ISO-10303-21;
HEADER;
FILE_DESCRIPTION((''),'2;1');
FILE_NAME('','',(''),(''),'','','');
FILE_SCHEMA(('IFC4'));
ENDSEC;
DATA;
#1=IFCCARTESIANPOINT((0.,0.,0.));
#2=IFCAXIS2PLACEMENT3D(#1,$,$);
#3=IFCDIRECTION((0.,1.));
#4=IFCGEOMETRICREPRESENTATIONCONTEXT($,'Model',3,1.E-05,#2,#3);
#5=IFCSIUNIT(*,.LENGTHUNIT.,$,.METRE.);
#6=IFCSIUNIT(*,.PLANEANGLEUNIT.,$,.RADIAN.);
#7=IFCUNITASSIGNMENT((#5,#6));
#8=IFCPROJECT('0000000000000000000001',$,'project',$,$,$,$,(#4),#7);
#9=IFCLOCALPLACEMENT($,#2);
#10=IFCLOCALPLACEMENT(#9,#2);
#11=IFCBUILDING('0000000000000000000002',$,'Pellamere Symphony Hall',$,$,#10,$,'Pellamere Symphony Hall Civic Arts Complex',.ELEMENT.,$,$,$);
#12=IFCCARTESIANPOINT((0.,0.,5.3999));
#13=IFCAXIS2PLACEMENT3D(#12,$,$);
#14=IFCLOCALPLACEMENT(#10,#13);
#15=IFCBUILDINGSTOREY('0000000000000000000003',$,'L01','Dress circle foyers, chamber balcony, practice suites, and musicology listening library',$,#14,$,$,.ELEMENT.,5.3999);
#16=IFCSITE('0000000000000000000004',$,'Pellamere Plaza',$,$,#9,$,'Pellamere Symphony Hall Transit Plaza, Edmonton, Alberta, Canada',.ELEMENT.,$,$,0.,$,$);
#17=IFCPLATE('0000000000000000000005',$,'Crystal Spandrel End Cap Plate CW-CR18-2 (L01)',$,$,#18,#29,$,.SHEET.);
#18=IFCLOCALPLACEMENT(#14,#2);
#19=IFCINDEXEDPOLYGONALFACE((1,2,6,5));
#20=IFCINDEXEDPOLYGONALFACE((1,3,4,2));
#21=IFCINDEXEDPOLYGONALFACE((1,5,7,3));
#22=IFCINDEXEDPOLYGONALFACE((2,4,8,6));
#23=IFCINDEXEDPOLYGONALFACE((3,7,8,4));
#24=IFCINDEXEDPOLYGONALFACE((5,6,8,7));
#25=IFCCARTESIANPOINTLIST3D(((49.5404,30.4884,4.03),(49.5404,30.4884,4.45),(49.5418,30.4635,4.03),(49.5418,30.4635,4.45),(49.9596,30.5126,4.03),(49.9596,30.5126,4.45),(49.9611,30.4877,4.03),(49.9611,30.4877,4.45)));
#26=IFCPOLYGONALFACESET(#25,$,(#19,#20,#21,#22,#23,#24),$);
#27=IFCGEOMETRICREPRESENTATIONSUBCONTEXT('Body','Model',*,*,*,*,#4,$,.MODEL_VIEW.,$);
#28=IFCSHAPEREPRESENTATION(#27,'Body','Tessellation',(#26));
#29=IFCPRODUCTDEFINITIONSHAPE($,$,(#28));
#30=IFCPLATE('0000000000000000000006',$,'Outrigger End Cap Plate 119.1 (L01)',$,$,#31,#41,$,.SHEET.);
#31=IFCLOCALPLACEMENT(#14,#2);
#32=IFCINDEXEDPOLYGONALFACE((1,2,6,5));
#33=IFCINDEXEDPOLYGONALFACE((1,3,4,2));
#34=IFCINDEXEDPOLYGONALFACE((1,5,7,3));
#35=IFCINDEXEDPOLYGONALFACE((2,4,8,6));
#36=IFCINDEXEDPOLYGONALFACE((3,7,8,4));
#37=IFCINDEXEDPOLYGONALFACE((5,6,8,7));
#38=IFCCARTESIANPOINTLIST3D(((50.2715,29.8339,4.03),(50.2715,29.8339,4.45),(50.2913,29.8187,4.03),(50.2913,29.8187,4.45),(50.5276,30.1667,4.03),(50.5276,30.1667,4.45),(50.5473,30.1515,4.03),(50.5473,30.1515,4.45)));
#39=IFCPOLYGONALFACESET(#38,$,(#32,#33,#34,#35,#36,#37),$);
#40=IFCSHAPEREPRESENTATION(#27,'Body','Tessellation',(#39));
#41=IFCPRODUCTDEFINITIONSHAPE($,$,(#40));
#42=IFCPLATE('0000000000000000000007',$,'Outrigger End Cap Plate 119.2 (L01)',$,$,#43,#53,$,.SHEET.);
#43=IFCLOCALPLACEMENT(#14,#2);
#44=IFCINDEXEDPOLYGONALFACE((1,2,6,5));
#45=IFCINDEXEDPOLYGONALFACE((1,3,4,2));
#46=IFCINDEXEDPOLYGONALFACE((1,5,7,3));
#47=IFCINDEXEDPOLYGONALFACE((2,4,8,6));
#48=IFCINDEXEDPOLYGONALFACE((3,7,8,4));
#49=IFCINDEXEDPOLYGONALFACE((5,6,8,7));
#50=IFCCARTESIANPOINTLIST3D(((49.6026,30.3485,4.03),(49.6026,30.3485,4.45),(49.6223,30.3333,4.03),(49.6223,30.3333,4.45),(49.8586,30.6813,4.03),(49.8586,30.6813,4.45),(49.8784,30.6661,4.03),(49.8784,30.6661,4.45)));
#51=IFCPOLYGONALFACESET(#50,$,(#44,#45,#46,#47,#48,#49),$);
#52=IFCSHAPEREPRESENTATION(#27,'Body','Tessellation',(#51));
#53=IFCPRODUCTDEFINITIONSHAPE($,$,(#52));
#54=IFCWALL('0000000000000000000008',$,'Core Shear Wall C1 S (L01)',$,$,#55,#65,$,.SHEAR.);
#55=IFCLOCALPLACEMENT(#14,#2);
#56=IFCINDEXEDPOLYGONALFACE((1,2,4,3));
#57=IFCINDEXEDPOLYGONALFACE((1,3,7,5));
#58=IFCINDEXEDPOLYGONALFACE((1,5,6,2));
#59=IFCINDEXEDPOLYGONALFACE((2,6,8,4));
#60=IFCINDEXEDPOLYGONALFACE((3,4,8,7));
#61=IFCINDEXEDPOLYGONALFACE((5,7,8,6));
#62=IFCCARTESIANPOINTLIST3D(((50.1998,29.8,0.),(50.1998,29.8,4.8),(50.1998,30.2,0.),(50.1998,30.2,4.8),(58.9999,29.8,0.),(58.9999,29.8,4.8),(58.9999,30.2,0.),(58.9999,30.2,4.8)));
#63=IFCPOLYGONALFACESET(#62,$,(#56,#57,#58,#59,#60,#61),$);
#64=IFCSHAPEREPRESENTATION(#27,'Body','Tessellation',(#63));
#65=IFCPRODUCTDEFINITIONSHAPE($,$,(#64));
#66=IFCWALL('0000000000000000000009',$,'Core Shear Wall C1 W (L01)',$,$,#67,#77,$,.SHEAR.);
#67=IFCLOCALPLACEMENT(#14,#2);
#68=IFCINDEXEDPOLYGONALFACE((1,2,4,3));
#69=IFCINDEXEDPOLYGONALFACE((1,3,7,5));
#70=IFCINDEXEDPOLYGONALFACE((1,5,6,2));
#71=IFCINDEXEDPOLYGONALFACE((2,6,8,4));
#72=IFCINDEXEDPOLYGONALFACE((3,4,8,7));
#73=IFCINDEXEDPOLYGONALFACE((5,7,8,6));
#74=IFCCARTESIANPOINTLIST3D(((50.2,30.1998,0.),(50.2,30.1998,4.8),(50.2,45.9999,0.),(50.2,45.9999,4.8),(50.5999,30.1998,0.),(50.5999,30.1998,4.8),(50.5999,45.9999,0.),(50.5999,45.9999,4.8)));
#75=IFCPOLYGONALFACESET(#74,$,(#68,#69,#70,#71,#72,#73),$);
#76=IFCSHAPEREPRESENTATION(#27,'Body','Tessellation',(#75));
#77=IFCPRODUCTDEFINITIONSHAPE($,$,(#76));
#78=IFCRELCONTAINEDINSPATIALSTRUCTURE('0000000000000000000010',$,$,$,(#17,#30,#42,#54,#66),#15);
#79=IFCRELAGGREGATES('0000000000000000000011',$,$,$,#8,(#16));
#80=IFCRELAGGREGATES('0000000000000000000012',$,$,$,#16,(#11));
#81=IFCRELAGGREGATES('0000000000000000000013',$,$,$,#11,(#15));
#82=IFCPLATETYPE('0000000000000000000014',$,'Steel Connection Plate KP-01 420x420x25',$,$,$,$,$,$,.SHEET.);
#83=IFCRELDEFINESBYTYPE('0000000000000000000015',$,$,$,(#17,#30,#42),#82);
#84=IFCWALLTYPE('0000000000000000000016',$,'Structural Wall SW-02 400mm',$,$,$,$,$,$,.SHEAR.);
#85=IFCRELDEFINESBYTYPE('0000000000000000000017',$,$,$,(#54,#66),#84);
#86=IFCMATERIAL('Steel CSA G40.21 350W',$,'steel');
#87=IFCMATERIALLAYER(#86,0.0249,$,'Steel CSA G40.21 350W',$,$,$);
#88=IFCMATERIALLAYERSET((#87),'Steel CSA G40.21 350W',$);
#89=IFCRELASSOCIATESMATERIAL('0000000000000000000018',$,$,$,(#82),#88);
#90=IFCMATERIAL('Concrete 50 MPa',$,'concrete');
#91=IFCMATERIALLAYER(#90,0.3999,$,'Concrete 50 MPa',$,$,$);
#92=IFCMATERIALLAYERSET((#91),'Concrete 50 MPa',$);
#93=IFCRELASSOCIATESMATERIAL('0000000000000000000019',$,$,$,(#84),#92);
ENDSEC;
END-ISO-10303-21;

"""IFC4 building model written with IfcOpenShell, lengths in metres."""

from ifc_helpers import new_model, si_unit, direction, frame, frame_2d, origin, origin_2d, place, context, subcontext, project, spatial, rectangle, extrude, material, layer, layer_set, type_object, element, save


model = new_model("IFC4")

# Units and contexts
model_context = context("Model", 3, precision=1e-05, world=origin(), true_north=direction((0.0, 1.0)))
body_context = subcontext(model_context, "Body", "Model", "MODEL_VIEW")
ifc_project = project(units=[si_unit("LENGTHUNIT", "METRE"), si_unit("PLANEANGLEUNIT", "RADIAN")], contexts=[model_context])

# Site, building, storey
site_placement = place(None, origin())
site = spatial("IfcSite", under=ifc_project, at=site_placement, Name="Pellamere Plaza", LongName="Pellamere Symphony Hall Transit Plaza, Edmonton, Alberta, Canada", CompositionType="ELEMENT", RefElevation=0.0)
building_placement = place(site_placement, origin())
building = spatial("IfcBuilding", under=site, at=building_placement, Name="Pellamere Symphony Hall", LongName="Pellamere Symphony Hall Civic Arts Complex", CompositionType="ELEMENT")
storey_placement = place(building_placement, frame((0.0, 0.0, 5.3999)))
storey = spatial("IfcBuildingStorey", under=building, at=storey_placement, Name="L01", Description="Dress circle foyers, chamber balcony, practice suites, and musicology listening library", CompositionType="ELEMENT", Elevation=5.3999)

# Shared definitions
ifc_material_1 = material(Name="Concrete 50 MPa", Category="concrete")

# Shared definitions
ifc_material_2 = material(Name="Steel CSA G40.21 350W", Category="steel")

# Plates
ifc_layer_1 = layer(ifc_material_2, 0.0249, Name="Steel CSA G40.21 350W")
ifc_layer_set_1 = layer_set([ifc_layer_1], Name="Steel CSA G40.21 350W")
plate_type_1 = type_object("IfcPlateType", Name="Steel Connection Plate KP-01 420x420x25", PredefinedType="SHEET", material=ifc_layer_set_1)
for number, where, z_axis, x_axis, name in (
    (1, (49.7507, 30.488, 4.03), (0.0, 0.0, 1.0), (0.057564, -0.998342, 0.0), "Crystal Spandrel End Cap Plate CW-CR18-2 (L01)"),
    (2, (50.4094, 29.9927, 4.03), (0.0, 0.0, 1.0), (-0.792609, 0.60973, 0.0), "Outrigger End Cap Plate 119.1 (L01)"),
    (3, (49.7405, 30.5073, 4.03), (0.0, 0.0, 1.0), (-0.792609, 0.60973, 0.0), "Outrigger End Cap Plate 119.2 (L01)"),
):
    element("IfcPlate", number, at=place(storey_placement, frame(where, z_axis=z_axis, x_axis=x_axis)), inside=storey, type_object=plate_type_1, Name=name, PredefinedType="SHEET", context=body_context, shape_type="SweptSolid", body=[
        extrude(rectangle(XDim=0.0249, YDim=0.4199, at=origin_2d()), origin(), (0.0, 0.0, 1.0), 0.4199),
    ])

# Walls
ifc_layer_2 = layer(ifc_material_1, 0.3999, Name="Concrete 50 MPa")
ifc_layer_set_2 = layer_set([ifc_layer_2], Name="Concrete 50 MPa")
wall_type = type_object("IfcWallType", Name="Structural Wall SW-02 400mm", PredefinedType="SHEAR", material=ifc_layer_set_2)
wall_1_placement = place(storey_placement, frame((50.2, 30.0, 0.0), z_axis=(0.0, 0.0, 1.0), x_axis=(1.0, 0.0, 0.0)))
element("IfcWall", 4, at=wall_1_placement, inside=storey, type_object=wall_type, Name="Core Shear Wall C1 S (L01)", PredefinedType="SHEAR", context=body_context, shape_type="SweptSolid", body=[
    extrude(rectangle(XDim=8.8, YDim=0.3999, at=frame_2d((4.3999, 0.0))), origin(), (0.0, 0.0, 1.0), 4.8),
])
wall_2_placement = place(storey_placement, frame((50.3999, 30.2, 0.0), z_axis=(0.0, 0.0, 1.0), x_axis=(0.0, 1.0, 0.0)))
element("IfcWall", 5, at=wall_2_placement, inside=storey, type_object=wall_type, Name="Core Shear Wall C1 W (L01)", PredefinedType="SHEAR", context=body_context, shape_type="SweptSolid", body=[
    extrude(rectangle(XDim=15.8, YDim=0.3999, at=frame_2d((7.8999, 0.0))), origin(), (0.0, 0.0, 1.0), 4.8),
])

save(model, "model.ifc")
